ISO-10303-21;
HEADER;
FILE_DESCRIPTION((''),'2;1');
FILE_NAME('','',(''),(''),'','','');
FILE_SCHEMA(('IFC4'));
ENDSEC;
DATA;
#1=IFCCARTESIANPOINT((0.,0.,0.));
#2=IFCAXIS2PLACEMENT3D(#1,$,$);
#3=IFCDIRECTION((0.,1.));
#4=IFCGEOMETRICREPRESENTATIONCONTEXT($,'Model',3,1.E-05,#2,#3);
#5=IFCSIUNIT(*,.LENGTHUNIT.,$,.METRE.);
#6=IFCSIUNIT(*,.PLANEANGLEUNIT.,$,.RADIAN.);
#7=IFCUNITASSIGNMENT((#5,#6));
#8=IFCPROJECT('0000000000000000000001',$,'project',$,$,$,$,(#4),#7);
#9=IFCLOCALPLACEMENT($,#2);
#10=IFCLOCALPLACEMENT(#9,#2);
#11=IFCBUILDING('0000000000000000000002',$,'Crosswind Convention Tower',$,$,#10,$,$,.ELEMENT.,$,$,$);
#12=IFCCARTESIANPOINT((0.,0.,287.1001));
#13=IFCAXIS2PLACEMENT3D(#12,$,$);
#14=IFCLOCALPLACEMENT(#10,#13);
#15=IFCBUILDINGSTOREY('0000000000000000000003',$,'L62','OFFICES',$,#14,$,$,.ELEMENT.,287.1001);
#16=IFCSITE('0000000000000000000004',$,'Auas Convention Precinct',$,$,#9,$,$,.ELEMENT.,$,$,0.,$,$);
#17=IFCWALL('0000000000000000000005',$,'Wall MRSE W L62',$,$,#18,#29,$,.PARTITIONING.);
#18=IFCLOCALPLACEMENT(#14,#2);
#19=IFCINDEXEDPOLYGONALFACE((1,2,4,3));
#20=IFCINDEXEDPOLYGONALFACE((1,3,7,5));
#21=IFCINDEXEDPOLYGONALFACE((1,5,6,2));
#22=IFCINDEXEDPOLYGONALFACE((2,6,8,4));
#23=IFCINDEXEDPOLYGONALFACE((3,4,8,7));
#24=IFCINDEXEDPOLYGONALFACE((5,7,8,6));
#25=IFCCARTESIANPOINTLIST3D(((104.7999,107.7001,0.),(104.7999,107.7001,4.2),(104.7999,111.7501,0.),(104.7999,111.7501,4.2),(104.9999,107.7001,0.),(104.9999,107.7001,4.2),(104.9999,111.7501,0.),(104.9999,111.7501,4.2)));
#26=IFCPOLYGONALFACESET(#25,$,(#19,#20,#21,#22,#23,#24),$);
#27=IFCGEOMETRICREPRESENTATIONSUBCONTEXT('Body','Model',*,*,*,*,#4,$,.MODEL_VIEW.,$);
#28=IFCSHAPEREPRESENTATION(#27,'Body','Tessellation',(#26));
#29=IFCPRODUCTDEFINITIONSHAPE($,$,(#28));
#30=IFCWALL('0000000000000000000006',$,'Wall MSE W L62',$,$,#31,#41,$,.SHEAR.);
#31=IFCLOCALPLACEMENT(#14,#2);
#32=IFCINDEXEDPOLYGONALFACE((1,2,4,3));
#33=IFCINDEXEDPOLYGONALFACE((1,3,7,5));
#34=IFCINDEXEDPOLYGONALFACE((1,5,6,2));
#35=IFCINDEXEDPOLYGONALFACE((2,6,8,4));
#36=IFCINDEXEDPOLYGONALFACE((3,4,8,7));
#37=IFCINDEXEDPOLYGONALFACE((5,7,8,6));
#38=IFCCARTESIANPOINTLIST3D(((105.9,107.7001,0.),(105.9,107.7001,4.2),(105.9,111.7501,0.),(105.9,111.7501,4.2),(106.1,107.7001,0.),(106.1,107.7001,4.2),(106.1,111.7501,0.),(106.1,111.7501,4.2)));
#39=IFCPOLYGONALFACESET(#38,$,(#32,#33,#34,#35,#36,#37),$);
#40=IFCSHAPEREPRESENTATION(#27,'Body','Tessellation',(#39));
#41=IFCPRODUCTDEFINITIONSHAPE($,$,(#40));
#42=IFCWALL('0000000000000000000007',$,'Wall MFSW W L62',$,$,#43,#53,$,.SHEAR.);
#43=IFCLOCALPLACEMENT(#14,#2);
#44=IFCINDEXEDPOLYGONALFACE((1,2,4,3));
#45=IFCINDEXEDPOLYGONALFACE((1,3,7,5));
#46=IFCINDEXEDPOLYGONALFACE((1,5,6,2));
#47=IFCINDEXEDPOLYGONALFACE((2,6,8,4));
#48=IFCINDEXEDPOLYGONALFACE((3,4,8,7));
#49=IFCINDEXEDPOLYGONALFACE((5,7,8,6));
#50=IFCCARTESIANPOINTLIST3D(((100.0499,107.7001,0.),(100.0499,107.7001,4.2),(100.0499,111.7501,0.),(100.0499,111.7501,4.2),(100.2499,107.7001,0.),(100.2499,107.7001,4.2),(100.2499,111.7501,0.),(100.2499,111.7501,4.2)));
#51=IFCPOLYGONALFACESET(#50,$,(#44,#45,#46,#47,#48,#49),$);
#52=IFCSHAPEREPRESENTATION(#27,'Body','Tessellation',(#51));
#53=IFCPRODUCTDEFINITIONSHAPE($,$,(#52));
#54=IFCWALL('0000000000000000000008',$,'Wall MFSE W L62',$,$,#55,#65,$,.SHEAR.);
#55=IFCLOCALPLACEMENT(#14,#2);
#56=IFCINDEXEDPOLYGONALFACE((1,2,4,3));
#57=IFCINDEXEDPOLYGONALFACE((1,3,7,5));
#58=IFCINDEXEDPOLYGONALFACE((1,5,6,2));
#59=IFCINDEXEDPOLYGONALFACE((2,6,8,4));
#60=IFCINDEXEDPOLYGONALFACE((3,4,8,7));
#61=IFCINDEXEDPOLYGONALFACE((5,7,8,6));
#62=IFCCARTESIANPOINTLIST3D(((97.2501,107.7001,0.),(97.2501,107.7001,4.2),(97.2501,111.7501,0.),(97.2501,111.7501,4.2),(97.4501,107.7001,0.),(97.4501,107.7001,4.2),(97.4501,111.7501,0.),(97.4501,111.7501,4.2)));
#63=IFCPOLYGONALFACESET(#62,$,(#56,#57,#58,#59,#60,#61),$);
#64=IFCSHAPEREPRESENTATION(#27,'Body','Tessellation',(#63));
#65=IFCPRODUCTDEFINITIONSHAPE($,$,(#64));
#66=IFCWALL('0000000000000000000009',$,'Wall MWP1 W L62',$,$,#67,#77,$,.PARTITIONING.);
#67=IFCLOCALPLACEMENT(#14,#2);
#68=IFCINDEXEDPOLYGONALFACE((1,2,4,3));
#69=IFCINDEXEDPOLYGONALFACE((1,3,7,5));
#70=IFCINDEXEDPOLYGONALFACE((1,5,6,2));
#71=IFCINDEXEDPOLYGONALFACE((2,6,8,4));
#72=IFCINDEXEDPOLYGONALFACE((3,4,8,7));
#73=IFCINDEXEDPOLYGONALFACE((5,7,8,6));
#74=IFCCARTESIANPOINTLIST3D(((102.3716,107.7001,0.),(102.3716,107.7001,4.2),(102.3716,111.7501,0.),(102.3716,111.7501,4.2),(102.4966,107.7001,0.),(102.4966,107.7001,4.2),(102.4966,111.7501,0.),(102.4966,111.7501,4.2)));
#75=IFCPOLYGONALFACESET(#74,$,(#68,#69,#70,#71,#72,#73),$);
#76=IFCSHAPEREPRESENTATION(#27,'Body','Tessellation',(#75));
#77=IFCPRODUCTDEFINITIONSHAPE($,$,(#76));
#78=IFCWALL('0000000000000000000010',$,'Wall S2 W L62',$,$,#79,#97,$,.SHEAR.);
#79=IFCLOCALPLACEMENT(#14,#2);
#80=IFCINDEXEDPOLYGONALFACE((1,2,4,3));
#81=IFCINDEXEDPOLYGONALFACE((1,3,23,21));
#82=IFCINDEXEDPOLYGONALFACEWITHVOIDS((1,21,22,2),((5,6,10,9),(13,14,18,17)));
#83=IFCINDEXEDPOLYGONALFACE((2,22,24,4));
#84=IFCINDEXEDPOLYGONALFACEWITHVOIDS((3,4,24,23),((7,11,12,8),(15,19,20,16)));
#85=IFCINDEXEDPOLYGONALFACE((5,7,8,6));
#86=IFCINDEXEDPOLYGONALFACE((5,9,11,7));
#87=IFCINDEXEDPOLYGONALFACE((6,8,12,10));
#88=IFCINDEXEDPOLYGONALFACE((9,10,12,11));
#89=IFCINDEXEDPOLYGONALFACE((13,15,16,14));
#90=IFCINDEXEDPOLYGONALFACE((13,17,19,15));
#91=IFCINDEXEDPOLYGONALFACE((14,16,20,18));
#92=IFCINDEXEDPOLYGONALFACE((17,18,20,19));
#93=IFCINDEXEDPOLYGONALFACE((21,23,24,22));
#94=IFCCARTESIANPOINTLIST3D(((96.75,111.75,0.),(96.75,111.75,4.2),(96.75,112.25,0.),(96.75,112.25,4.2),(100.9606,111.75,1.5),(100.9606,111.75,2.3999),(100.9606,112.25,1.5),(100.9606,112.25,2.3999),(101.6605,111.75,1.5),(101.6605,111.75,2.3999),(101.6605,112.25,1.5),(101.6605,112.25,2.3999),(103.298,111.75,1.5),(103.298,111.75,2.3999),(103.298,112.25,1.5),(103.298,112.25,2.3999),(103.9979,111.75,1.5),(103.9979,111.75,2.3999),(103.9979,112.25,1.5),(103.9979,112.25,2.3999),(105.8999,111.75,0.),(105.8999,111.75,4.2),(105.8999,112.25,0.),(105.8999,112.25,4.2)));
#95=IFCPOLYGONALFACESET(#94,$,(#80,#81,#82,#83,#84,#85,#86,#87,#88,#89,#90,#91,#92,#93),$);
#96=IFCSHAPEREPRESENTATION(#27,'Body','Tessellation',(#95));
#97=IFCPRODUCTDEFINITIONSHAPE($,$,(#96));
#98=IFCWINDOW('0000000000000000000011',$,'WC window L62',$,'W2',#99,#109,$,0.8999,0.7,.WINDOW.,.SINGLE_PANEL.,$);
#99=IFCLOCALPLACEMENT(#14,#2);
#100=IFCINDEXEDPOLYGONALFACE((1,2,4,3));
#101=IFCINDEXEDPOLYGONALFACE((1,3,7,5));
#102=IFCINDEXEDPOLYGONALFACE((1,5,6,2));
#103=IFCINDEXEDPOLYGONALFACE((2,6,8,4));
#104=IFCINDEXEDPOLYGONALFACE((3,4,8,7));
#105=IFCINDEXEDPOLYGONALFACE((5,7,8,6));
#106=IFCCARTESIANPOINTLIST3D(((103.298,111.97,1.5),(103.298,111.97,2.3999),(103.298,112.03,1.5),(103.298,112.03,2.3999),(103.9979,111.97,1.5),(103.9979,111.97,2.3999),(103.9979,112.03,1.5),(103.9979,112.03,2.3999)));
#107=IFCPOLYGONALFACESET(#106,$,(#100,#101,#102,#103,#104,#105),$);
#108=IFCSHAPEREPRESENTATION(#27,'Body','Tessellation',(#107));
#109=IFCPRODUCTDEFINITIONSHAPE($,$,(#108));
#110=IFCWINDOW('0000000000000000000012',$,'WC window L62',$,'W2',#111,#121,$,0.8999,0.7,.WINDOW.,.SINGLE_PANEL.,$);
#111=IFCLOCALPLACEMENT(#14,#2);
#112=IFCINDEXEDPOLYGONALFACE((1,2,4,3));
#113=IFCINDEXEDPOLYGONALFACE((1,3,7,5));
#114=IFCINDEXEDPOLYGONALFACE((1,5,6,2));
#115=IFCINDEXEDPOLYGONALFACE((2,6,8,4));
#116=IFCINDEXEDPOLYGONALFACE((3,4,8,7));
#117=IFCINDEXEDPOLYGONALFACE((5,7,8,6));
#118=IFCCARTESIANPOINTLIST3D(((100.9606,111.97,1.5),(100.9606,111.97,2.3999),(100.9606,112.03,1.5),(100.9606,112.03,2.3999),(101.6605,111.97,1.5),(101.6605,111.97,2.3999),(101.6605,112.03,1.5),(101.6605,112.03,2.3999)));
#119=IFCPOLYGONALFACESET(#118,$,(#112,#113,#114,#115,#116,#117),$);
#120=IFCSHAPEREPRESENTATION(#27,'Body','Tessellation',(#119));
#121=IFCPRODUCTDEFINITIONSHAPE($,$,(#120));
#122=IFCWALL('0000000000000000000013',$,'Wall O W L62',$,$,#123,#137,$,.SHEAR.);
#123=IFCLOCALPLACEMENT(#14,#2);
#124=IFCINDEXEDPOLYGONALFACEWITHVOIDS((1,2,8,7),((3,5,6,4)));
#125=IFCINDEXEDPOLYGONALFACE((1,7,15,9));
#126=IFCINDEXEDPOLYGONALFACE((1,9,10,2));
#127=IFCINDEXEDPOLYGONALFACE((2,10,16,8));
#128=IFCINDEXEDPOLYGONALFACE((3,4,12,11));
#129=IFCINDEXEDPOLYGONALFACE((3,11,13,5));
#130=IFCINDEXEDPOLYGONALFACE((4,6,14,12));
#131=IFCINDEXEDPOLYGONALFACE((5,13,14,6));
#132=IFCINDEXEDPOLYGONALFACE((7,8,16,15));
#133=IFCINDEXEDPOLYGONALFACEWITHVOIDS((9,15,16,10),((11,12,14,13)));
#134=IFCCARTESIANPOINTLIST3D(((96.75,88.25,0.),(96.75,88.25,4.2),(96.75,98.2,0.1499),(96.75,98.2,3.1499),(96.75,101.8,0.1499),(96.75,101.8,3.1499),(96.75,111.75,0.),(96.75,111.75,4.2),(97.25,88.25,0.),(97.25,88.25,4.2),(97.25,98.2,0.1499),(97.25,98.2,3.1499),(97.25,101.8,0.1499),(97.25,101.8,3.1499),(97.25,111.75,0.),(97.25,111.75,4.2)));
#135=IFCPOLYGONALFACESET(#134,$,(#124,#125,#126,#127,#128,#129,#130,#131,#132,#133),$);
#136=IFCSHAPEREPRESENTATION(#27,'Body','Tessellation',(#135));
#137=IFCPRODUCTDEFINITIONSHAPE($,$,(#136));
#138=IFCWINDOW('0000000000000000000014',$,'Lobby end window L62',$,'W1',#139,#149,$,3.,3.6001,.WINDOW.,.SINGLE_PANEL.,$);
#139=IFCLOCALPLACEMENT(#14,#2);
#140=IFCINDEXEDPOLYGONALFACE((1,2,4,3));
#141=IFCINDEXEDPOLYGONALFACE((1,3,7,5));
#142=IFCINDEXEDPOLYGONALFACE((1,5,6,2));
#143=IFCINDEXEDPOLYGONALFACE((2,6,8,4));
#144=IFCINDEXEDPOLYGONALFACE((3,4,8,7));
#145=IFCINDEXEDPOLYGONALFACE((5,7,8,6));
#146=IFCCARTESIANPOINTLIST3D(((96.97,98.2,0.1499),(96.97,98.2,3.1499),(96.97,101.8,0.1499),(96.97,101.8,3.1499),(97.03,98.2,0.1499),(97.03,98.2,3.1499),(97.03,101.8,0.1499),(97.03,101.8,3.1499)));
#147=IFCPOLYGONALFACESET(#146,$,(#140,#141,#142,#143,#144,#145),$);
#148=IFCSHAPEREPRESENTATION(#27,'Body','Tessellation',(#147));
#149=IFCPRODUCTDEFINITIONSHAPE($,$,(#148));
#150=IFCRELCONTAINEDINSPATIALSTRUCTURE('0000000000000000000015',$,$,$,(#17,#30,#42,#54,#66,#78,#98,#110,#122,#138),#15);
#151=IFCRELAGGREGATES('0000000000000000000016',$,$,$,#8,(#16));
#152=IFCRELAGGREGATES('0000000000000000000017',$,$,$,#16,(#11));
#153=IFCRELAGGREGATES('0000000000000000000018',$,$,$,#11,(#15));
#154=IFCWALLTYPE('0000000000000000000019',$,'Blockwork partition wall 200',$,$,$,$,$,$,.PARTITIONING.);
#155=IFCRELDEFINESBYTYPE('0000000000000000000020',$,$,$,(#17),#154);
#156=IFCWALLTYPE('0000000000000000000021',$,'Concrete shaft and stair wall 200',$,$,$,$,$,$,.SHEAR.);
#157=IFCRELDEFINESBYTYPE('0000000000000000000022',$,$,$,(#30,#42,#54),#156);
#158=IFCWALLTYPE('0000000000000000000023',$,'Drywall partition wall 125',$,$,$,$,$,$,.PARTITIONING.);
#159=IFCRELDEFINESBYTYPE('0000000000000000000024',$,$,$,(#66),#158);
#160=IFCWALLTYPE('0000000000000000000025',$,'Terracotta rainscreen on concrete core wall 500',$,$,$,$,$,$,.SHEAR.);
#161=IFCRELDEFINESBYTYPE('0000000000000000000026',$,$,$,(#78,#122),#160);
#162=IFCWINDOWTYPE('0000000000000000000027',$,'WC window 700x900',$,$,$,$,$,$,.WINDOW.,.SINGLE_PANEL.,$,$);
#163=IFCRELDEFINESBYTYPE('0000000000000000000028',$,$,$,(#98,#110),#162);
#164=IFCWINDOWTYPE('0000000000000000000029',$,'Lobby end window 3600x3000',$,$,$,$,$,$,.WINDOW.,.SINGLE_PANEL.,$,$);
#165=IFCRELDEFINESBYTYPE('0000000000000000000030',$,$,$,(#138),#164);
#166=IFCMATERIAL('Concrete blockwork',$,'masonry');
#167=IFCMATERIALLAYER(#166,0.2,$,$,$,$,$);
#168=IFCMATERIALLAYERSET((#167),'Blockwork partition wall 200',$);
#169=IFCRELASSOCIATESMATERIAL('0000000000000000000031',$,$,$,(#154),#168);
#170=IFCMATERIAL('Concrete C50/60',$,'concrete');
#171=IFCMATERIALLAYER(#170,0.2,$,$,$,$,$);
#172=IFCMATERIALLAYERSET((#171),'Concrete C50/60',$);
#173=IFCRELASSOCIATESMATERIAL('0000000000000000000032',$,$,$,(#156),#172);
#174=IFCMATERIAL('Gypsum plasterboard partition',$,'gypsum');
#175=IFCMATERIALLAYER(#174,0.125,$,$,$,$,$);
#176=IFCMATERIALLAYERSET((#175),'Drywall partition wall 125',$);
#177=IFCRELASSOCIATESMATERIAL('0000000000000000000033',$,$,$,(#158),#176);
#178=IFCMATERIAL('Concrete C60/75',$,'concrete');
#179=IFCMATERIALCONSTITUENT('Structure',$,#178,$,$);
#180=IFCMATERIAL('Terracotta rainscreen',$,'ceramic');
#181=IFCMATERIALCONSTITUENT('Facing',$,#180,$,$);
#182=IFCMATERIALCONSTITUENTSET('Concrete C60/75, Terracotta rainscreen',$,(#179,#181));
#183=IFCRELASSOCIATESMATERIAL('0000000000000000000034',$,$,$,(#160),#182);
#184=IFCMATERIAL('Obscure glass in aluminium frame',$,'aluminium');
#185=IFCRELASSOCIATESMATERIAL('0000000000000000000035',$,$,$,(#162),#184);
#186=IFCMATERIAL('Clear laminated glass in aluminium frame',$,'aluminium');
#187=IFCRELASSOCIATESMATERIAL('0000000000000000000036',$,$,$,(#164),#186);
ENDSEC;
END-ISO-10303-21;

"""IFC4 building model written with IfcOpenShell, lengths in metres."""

from ifc_helpers import new_model, si_unit, direction, frame, frame_2d, origin, place, context, subcontext, project, spatial, rectangle, extrude, material, layer, layer_set, constituent, constituent_set, type_object, element, fill, save


model = new_model("IFC4")

# Units and contexts
model_context = context("Model", 3, precision=1e-05, world=origin(), true_north=direction((0.0, 1.0)))
body_context = subcontext(model_context, "Body", "Model", "MODEL_VIEW")
ifc_project = project(units=[si_unit("LENGTHUNIT", "METRE"), si_unit("PLANEANGLEUNIT", "RADIAN")], contexts=[model_context])

# Site, building, storey
site_placement = place(None, origin())
site = spatial("IfcSite", under=ifc_project, at=site_placement, Name="Auas Convention Precinct", CompositionType="ELEMENT", RefElevation=0.0)
building_placement = place(site_placement, origin())
building = spatial("IfcBuilding", under=site, at=building_placement, Name="Crosswind Convention Tower", CompositionType="ELEMENT")
storey_placement = place(building_placement, frame((0.0, 0.0, 287.1001)))
storey = spatial("IfcBuildingStorey", under=building, at=storey_placement, Name="L62", Description="OFFICES", CompositionType="ELEMENT", Elevation=287.1001)

# Walls
ifc_material_1 = material(Name="Concrete blockwork", Category="masonry")
ifc_layer_1 = layer(ifc_material_1, 0.2)
ifc_layer_set_1 = layer_set([ifc_layer_1], Name="Blockwork partition wall 200")
wall_type_1 = type_object("IfcWallType", Name="Blockwork partition wall 200", PredefinedType="PARTITIONING", material=ifc_layer_set_1)
wall_1_placement = place(storey_placement, frame((104.8999, 111.75, 0.0), z_axis=(0.0, 0.0, 1.0), x_axis=(0.0, -1.0, 0.0)))
element("IfcWall", 1, at=wall_1_placement, inside=storey, type_object=wall_type_1, Name="Wall MRSE W L62", PredefinedType="PARTITIONING", context=body_context, shape_type="SweptSolid", body=[
    extrude(rectangle(XDim=4.05, YDim=0.2, at=frame_2d((2.0249, 0.0))), origin(), (0.0, 0.0, 1.0), 4.2),
])
ifc_material_2 = material(Name="Concrete C50/60", Category="concrete")
ifc_layer_2 = layer(ifc_material_2, 0.2)
ifc_layer_set_2 = layer_set([ifc_layer_2], Name="Concrete C50/60")
wall_type_2 = type_object("IfcWallType", Name="Concrete shaft and stair wall 200", PredefinedType="SHEAR", material=ifc_layer_set_2)
for number, where, z_axis, x_axis, name in (
    (2, (106.0, 111.75, 0.0), (0.0, 0.0, 1.0), (0.0, -1.0, 0.0), "Wall MSE W L62"),
    (3, (100.1499, 111.75, 0.0), (0.0, 0.0, 1.0), (0.0, -1.0, 0.0), "Wall MFSW W L62"),
    (4, (97.3501, 111.75, 0.0), (0.0, 0.0, 1.0), (0.0, -1.0, 0.0), "Wall MFSE W L62"),
):
    element("IfcWall", number, at=place(storey_placement, frame(where, z_axis=z_axis, x_axis=x_axis)), inside=storey, type_object=wall_type_2, Name=name, PredefinedType="SHEAR", context=body_context, shape_type="SweptSolid", body=[
        extrude(rectangle(XDim=4.05, YDim=0.2, at=frame_2d((2.0249, 0.0))), origin(), (0.0, 0.0, 1.0), 4.2),
    ])
ifc_material_3 = material(Name="Gypsum plasterboard partition", Category="gypsum")
ifc_layer_3 = layer(ifc_material_3, 0.125)
ifc_layer_set_3 = layer_set([ifc_layer_3], Name="Drywall partition wall 125")
wall_type_3 = type_object("IfcWallType", Name="Drywall partition wall 125", PredefinedType="PARTITIONING", material=ifc_layer_set_3)
wall_2_placement = place(storey_placement, frame((102.4341, 111.75, 0.0), z_axis=(0.0, 0.0, 1.0), x_axis=(0.0, -1.0, 0.0)))
element("IfcWall", 5, at=wall_2_placement, inside=storey, type_object=wall_type_3, Name="Wall MWP1 W L62", PredefinedType="PARTITIONING", context=body_context, shape_type="SweptSolid", body=[
    extrude(rectangle(XDim=4.05, YDim=0.125, at=frame_2d((2.0249, 0.0))), origin(), (0.0, 0.0, 1.0), 4.2),
])

# Wall, openings, windows
ifc_material_4 = material(Name="Concrete C60/75", Category="concrete")
ifc_constituent_1 = constituent(ifc_material_4, Name="Structure")
ifc_material_5 = material(Name="Terracotta rainscreen", Category="ceramic")
ifc_constituent_2 = constituent(ifc_material_5, Name="Facing")
ifc_constituent_set = constituent_set(constituents=[ifc_constituent_1, ifc_constituent_2], Name="Concrete C60/75, Terracotta rainscreen")
wall_type_4 = type_object("IfcWallType", Name="Terracotta rainscreen on concrete core wall 500", PredefinedType="SHEAR", material=ifc_constituent_set)
wall_3_placement = place(storey_placement, frame((105.8999, 112.0, 0.0), z_axis=(0.0, 0.0, 1.0), x_axis=(-1.0, 0.0, 0.0)))
wall_3 = element("IfcWall", 6, at=wall_3_placement, inside=storey, type_object=wall_type_4, Name="Wall S2 W L62", PredefinedType="SHEAR", context=body_context, shape_type="SweptSolid", body=[
    extrude(rectangle(XDim=9.1499, YDim=0.5, at=frame_2d((4.575, 0.0))), origin(), (0.0, 0.0, 1.0), 4.2),
])
opening_1_placement = place(wall_3_placement, frame((1.9019, 0.0, 1.5)))
opening_1 = element("IfcOpeningElement", 7, at=opening_1_placement, cuts=wall_3, PredefinedType="OPENING", context=body_context, shape_type="SweptSolid", body=[
    extrude(rectangle(XDim=0.7, YDim=0.8999, at=frame_2d((0.3501, 0.45))), frame((0.0, 0.26, 0.0), z_axis=(0.0, -1.0, 0.0), x_axis=(1.0, 0.0, 0.0)), (0.0, 0.0, 1.0), 0.52),
])
opening_2_placement = place(wall_3_placement, frame((4.2393, 0.0, 1.5)))
opening_2 = element("IfcOpeningElement", 8, at=opening_2_placement, cuts=wall_3, PredefinedType="OPENING", context=body_context, shape_type="SweptSolid", body=[
    extrude(rectangle(XDim=0.7, YDim=0.8999, at=frame_2d((0.3501, 0.45))), frame((0.0, 0.26, 0.0), z_axis=(0.0, -1.0, 0.0), x_axis=(1.0, 0.0, 0.0)), (0.0, 0.0, 1.0), 0.52),
])
ifc_material_6 = material(Name="Obscure glass in aluminium frame", Category="aluminium")
window_type_1 = type_object("IfcWindowType", Name="WC window 700x900", PartitioningType="SINGLE_PANEL", PredefinedType="WINDOW", material=ifc_material_6)
window_1_placement = place(opening_1_placement, origin())
window_1 = element("IfcWindow", 9, at=window_1_placement, inside=storey, type_object=window_type_1, Name="WC window L62", ObjectType="W2", OverallHeight=0.8999, OverallWidth=0.7, PartitioningType="SINGLE_PANEL", PredefinedType="WINDOW", context=body_context, shape_type="SweptSolid", body=[
    extrude(rectangle(XDim=0.7, YDim=0.8999, at=frame_2d((0.3501, 0.45))), frame((0.0, 0.03, 0.0), z_axis=(0.0, -1.0, 0.0), x_axis=(1.0, 0.0, 0.0)), (0.0, 0.0, 1.0), 0.0601),
])
fill(opening_1, window_1)
window_2_placement = place(opening_2_placement, origin())
window_2 = element("IfcWindow", 10, at=window_2_placement, inside=storey, type_object=window_type_1, Name="WC window L62", ObjectType="W2", OverallHeight=0.8999, OverallWidth=0.7, PartitioningType="SINGLE_PANEL", PredefinedType="WINDOW", context=body_context, shape_type="SweptSolid", body=[
    extrude(rectangle(XDim=0.7, YDim=0.8999, at=frame_2d((0.3501, 0.45))), frame((0.0, 0.03, 0.0), z_axis=(0.0, -1.0, 0.0), x_axis=(1.0, 0.0, 0.0)), (0.0, 0.0, 1.0), 0.0601),
])
fill(opening_2, window_2)

# Wall, opening, window
wall_4_placement = place(storey_placement, frame((97.0, 111.75, 0.0), z_axis=(0.0, 0.0, 1.0), x_axis=(0.0, -1.0, 0.0)))
wall_4 = element("IfcWall", 11, at=wall_4_placement, inside=storey, type_object=wall_type_4, Name="Wall O W L62", PredefinedType="SHEAR", context=body_context, shape_type="SweptSolid", body=[
    extrude(rectangle(XDim=23.5, YDim=0.5, at=frame_2d((11.75, 0.0))), origin(), (0.0, 0.0, 1.0), 4.2),
])
opening_3_placement = place(wall_4_placement, frame((9.95, 0.0, 0.1499)))
opening_3 = element("IfcOpeningElement", 12, at=opening_3_placement, cuts=wall_4, PredefinedType="OPENING", context=body_context, shape_type="SweptSolid", body=[
    extrude(rectangle(XDim=3.6001, YDim=3.0, at=frame_2d((1.8, 1.5))), frame((0.0, 0.26, 0.0), z_axis=(0.0, -1.0, 0.0), x_axis=(1.0, 0.0, 0.0)), (0.0, 0.0, 1.0), 0.52),
])
ifc_material_7 = material(Name="Clear laminated glass in aluminium frame", Category="aluminium")
window_type_2 = type_object("IfcWindowType", Name="Lobby end window 3600x3000", PartitioningType="SINGLE_PANEL", PredefinedType="WINDOW", material=ifc_material_7)
window_3_placement = place(opening_3_placement, origin())
window_3 = element("IfcWindow", 13, at=window_3_placement, inside=storey, type_object=window_type_2, Name="Lobby end window L62", ObjectType="W1", OverallHeight=3.0, OverallWidth=3.6001, PartitioningType="SINGLE_PANEL", PredefinedType="WINDOW", context=body_context, shape_type="SweptSolid", body=[
    extrude(rectangle(XDim=3.6001, YDim=3.0, at=frame_2d((1.8, 1.5))), frame((0.0, 0.03, 0.0), z_axis=(0.0, -1.0, 0.0), x_axis=(1.0, 0.0, 0.0)), (0.0, 0.0, 1.0), 0.0601),
])
fill(opening_3, window_3)

save(model, "model.ifc")
